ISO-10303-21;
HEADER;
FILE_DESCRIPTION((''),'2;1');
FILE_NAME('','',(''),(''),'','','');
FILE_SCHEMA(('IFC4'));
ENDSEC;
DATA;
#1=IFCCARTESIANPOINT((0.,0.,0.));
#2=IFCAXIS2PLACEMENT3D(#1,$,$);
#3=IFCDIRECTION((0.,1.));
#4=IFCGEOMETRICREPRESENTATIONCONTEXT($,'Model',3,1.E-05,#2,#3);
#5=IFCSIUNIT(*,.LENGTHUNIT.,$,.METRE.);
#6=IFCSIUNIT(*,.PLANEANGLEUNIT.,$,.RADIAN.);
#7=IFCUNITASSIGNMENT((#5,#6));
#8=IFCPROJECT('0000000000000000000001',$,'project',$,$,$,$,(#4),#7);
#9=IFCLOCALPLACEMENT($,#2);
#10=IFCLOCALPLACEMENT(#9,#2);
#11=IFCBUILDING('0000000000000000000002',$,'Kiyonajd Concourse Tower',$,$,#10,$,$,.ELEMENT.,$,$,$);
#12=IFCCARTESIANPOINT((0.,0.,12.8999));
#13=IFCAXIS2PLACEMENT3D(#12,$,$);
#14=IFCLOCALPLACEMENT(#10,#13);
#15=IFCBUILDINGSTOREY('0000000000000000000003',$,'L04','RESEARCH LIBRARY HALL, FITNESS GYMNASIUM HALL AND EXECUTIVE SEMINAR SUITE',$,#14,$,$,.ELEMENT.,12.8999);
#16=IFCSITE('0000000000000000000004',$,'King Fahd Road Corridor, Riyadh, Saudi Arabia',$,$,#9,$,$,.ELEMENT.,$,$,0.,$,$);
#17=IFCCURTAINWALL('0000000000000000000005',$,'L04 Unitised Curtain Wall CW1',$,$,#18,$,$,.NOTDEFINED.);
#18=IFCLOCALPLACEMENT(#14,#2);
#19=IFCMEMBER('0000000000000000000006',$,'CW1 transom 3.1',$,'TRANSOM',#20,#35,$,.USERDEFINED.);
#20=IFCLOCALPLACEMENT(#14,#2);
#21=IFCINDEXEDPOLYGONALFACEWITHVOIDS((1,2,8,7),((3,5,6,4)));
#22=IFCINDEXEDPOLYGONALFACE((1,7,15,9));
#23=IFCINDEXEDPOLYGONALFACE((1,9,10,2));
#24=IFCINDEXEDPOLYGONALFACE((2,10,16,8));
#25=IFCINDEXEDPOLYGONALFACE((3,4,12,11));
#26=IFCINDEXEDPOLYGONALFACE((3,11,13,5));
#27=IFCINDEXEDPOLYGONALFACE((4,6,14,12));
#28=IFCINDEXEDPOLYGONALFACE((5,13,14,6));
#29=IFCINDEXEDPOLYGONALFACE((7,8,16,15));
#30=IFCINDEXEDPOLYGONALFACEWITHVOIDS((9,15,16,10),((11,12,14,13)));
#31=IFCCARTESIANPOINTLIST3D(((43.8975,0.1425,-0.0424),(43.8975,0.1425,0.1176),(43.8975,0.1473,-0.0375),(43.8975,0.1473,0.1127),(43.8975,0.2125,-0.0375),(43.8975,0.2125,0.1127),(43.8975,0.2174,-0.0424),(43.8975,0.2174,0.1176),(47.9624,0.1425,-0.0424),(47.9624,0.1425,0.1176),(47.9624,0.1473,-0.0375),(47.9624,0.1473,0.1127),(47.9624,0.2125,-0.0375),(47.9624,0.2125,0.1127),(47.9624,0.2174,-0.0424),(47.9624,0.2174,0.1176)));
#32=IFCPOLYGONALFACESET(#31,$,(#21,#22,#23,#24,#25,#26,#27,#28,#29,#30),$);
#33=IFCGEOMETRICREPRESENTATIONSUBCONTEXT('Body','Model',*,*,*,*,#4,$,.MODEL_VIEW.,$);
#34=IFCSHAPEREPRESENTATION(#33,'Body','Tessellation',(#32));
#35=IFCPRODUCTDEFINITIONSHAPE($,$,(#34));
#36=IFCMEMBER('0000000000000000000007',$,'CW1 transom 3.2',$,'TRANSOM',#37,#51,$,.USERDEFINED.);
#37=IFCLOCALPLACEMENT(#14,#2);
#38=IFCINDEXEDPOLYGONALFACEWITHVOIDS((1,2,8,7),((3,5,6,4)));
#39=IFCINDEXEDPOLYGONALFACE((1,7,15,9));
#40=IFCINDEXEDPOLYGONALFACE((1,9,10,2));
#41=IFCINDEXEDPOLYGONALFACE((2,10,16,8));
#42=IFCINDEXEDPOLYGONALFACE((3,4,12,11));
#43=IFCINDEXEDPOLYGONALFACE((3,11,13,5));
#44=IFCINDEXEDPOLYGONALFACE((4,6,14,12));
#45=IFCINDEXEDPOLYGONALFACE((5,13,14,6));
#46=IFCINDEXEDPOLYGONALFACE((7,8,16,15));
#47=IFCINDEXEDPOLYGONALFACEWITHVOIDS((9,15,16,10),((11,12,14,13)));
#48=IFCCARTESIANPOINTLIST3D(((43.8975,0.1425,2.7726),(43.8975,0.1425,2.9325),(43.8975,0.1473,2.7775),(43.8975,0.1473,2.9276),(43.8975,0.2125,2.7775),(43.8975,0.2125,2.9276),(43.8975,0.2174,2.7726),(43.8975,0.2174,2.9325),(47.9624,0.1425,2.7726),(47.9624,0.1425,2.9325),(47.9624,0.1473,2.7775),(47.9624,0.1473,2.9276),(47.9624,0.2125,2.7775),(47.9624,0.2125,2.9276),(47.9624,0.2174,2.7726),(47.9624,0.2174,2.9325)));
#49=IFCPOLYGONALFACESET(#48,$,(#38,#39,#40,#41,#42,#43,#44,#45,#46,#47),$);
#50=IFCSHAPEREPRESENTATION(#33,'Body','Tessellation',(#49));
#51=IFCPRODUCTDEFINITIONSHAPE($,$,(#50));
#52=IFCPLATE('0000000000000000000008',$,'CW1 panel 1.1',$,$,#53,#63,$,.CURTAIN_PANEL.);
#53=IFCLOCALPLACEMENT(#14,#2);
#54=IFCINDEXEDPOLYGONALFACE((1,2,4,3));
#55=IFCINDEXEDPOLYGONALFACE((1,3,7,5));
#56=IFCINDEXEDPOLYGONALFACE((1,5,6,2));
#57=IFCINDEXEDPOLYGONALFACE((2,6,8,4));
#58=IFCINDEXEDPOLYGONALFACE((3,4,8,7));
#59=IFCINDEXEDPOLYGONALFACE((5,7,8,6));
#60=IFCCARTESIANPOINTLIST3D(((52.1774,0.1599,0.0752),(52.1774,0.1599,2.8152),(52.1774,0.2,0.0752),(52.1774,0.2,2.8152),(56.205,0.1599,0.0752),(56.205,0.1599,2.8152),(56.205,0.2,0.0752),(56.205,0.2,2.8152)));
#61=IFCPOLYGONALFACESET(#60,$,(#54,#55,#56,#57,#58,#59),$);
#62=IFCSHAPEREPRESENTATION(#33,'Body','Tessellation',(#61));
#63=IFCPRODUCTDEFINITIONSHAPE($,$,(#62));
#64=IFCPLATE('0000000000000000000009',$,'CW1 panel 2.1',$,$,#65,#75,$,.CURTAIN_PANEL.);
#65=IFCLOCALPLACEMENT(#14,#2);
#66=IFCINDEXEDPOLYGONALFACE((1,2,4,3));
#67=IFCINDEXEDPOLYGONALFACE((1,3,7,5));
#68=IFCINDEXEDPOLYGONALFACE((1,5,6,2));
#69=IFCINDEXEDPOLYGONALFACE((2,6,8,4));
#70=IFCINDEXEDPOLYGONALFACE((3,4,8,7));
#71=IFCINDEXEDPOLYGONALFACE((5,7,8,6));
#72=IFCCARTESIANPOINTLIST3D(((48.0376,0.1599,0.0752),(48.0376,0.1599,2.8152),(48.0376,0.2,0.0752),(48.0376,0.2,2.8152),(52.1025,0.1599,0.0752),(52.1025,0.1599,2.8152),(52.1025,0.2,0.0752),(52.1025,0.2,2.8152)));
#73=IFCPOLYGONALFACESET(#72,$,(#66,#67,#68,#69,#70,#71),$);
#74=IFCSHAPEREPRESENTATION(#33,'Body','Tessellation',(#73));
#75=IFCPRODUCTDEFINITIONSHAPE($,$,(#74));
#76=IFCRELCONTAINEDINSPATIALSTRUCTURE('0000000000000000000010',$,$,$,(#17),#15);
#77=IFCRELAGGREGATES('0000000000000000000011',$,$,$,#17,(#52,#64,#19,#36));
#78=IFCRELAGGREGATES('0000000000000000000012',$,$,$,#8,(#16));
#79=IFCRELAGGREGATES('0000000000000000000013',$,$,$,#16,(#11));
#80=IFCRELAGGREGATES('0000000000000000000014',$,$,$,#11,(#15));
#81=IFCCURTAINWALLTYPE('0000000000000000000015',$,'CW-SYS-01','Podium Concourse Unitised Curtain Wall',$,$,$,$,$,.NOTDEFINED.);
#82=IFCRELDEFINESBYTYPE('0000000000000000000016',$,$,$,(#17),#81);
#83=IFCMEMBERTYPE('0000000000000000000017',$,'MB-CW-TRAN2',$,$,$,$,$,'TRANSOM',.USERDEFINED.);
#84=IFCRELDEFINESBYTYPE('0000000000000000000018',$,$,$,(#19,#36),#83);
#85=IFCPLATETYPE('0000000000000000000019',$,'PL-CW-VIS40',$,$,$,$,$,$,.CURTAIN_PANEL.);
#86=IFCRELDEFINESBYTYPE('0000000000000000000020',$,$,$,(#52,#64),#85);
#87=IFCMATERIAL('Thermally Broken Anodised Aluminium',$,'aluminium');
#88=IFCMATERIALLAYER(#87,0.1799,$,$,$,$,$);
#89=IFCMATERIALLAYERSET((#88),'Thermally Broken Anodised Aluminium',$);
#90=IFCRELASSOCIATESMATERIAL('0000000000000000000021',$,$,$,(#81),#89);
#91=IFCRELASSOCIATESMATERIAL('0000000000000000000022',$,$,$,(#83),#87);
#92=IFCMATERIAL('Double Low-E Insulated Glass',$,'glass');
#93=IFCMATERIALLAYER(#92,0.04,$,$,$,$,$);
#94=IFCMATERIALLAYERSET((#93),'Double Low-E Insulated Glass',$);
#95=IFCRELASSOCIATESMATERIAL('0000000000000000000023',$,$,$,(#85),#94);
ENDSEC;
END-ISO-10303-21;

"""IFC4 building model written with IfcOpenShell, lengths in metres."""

from ifc_helpers import new_model, si_unit, direction, frame, origin, origin_2d, place, context, subcontext, project, spatial, rectangle, hollow_rectangle, extrude, material, layer, layer_set, material_profile, profile_set, type_object, element, aggregate, save


model = new_model("IFC4")

# Units and contexts
model_context = context("Model", 3, precision=1e-05, world=origin(), true_north=direction((0.0, 1.0)))
body_context = subcontext(model_context, "Body", "Model", "MODEL_VIEW")
ifc_project = project(units=[si_unit("LENGTHUNIT", "METRE"), si_unit("PLANEANGLEUNIT", "RADIAN")], contexts=[model_context])

# Site, building, storey
site_placement = place(None, origin())
site = spatial("IfcSite", under=ifc_project, at=site_placement, Name="King Fahd Road Corridor, Riyadh, Saudi Arabia", CompositionType="ELEMENT", RefElevation=0.0)
building_placement = place(site_placement, origin())
building = spatial("IfcBuilding", under=site, at=building_placement, Name="Kiyonajd Concourse Tower", CompositionType="ELEMENT")
storey_placement = place(building_placement, frame((0.0, 0.0, 12.8999)))
storey = spatial("IfcBuildingStorey", under=building, at=storey_placement, Name="L04", Description="RESEARCH LIBRARY HALL, FITNESS GYMNASIUM HALL AND EXECUTIVE SEMINAR SUITE", CompositionType="ELEMENT", Elevation=12.8999)

# Curtain wall, members, plates
ifc_material_1 = material(Name="Thermally Broken Anodised Aluminium", Category="aluminium")
ifc_layer_1 = layer(ifc_material_1, 0.1799)
ifc_layer_set_1 = layer_set([ifc_layer_1], Name="Thermally Broken Anodised Aluminium")
curtain_wall_type = type_object("IfcCurtainWallType", Name="CW-SYS-01", Description="Podium Concourse Unitised Curtain Wall", PredefinedType="NOTDEFINED", material=ifc_layer_set_1)
curtain_wall_placement = place(storey_placement, origin())
curtain_wall = element("IfcCurtainWall", 1, at=curtain_wall_placement, inside=storey, type_object=curtain_wall_type, Name="L04 Unitised Curtain Wall CW1", PredefinedType="NOTDEFINED")
ifc_material_profile_1 = material_profile(ifc_material_1, hollow_rectangle(XDim=0.075, YDim=0.1599, WallThickness=0.0049, at=origin_2d()), Name="TRAN-75x160")
ifc_profile_set_1 = profile_set([ifc_material_profile_1], Name="Thermally Broken Anodised Aluminium")
member_type_1 = type_object("IfcMemberType", Name="MB-CW-TRAN2", ElementType="TRANSOM", PredefinedType="USERDEFINED", material=ifc_profile_set_1)
member_1_placement = place(storey_placement, frame((47.9624, 0.1799, 0.0376), z_axis=(-1.0, 0.0, 0.0), x_axis=(0.0, -1.0, 0.0)))
member_1 = element("IfcMember", 2, at=member_1_placement, type_object=member_type_1, Name="CW1 transom 3.1", ObjectType="TRANSOM", PredefinedType="USERDEFINED", context=body_context, shape_type="SweptSolid", body=[
    extrude(hollow_rectangle(XDim=0.075, YDim=0.1599, WallThickness=0.0049, at=origin_2d()), origin(), (0.0, 0.0, 1.0), 4.0649),
])
member_2_placement = place(storey_placement, frame((47.9624, 0.1799, 2.8525), z_axis=(-1.0, 0.0, 0.0), x_axis=(0.0, -1.0, 0.0)))
member_2 = element("IfcMember", 3, at=member_2_placement, type_object=member_type_1, Name="CW1 transom 3.2", ObjectType="TRANSOM", PredefinedType="USERDEFINED", context=body_context, shape_type="SweptSolid", body=[
    extrude(hollow_rectangle(XDim=0.075, YDim=0.1599, WallThickness=0.0049, at=origin_2d()), origin(), (0.0, 0.0, 1.0), 4.0649),
])
ifc_material_2 = material(Name="Double Low-E Insulated Glass", Category="glass")
ifc_layer_2 = layer(ifc_material_2, 0.04)
ifc_layer_set_2 = layer_set([ifc_layer_2], Name="Double Low-E Insulated Glass")
plate_type = type_object("IfcPlateType", Name="PL-CW-VIS40", PredefinedType="CURTAIN_PANEL", material=ifc_layer_set_2)
plate_1_placement = place(storey_placement, frame((54.1912, 0.1799, 0.0752), z_axis=(0.0, 0.0, 1.0), x_axis=(-1.0, 0.0, 0.0)))
plate_1 = element("IfcPlate", 4, at=plate_1_placement, type_object=plate_type, Name="CW1 panel 1.1", PredefinedType="CURTAIN_PANEL", context=body_context, shape_type="SweptSolid", body=[
    extrude(rectangle(XDim=4.0276, YDim=0.04, at=origin_2d()), origin(), (0.0, 0.0, 1.0), 2.74),
])
plate_2_placement = place(storey_placement, frame((50.0701, 0.1799, 0.0752), z_axis=(0.0, 0.0, 1.0), x_axis=(-1.0, 0.0, 0.0)))
plate_2 = element("IfcPlate", 5, at=plate_2_placement, type_object=plate_type, Name="CW1 panel 2.1", PredefinedType="CURTAIN_PANEL", context=body_context, shape_type="SweptSolid", body=[
    extrude(rectangle(XDim=4.0649, YDim=0.04, at=origin_2d()), origin(), (0.0, 0.0, 1.0), 2.74),
])
aggregate(curtain_wall, [plate_1, plate_2, member_1, member_2])

save(model, "model.ifc")
